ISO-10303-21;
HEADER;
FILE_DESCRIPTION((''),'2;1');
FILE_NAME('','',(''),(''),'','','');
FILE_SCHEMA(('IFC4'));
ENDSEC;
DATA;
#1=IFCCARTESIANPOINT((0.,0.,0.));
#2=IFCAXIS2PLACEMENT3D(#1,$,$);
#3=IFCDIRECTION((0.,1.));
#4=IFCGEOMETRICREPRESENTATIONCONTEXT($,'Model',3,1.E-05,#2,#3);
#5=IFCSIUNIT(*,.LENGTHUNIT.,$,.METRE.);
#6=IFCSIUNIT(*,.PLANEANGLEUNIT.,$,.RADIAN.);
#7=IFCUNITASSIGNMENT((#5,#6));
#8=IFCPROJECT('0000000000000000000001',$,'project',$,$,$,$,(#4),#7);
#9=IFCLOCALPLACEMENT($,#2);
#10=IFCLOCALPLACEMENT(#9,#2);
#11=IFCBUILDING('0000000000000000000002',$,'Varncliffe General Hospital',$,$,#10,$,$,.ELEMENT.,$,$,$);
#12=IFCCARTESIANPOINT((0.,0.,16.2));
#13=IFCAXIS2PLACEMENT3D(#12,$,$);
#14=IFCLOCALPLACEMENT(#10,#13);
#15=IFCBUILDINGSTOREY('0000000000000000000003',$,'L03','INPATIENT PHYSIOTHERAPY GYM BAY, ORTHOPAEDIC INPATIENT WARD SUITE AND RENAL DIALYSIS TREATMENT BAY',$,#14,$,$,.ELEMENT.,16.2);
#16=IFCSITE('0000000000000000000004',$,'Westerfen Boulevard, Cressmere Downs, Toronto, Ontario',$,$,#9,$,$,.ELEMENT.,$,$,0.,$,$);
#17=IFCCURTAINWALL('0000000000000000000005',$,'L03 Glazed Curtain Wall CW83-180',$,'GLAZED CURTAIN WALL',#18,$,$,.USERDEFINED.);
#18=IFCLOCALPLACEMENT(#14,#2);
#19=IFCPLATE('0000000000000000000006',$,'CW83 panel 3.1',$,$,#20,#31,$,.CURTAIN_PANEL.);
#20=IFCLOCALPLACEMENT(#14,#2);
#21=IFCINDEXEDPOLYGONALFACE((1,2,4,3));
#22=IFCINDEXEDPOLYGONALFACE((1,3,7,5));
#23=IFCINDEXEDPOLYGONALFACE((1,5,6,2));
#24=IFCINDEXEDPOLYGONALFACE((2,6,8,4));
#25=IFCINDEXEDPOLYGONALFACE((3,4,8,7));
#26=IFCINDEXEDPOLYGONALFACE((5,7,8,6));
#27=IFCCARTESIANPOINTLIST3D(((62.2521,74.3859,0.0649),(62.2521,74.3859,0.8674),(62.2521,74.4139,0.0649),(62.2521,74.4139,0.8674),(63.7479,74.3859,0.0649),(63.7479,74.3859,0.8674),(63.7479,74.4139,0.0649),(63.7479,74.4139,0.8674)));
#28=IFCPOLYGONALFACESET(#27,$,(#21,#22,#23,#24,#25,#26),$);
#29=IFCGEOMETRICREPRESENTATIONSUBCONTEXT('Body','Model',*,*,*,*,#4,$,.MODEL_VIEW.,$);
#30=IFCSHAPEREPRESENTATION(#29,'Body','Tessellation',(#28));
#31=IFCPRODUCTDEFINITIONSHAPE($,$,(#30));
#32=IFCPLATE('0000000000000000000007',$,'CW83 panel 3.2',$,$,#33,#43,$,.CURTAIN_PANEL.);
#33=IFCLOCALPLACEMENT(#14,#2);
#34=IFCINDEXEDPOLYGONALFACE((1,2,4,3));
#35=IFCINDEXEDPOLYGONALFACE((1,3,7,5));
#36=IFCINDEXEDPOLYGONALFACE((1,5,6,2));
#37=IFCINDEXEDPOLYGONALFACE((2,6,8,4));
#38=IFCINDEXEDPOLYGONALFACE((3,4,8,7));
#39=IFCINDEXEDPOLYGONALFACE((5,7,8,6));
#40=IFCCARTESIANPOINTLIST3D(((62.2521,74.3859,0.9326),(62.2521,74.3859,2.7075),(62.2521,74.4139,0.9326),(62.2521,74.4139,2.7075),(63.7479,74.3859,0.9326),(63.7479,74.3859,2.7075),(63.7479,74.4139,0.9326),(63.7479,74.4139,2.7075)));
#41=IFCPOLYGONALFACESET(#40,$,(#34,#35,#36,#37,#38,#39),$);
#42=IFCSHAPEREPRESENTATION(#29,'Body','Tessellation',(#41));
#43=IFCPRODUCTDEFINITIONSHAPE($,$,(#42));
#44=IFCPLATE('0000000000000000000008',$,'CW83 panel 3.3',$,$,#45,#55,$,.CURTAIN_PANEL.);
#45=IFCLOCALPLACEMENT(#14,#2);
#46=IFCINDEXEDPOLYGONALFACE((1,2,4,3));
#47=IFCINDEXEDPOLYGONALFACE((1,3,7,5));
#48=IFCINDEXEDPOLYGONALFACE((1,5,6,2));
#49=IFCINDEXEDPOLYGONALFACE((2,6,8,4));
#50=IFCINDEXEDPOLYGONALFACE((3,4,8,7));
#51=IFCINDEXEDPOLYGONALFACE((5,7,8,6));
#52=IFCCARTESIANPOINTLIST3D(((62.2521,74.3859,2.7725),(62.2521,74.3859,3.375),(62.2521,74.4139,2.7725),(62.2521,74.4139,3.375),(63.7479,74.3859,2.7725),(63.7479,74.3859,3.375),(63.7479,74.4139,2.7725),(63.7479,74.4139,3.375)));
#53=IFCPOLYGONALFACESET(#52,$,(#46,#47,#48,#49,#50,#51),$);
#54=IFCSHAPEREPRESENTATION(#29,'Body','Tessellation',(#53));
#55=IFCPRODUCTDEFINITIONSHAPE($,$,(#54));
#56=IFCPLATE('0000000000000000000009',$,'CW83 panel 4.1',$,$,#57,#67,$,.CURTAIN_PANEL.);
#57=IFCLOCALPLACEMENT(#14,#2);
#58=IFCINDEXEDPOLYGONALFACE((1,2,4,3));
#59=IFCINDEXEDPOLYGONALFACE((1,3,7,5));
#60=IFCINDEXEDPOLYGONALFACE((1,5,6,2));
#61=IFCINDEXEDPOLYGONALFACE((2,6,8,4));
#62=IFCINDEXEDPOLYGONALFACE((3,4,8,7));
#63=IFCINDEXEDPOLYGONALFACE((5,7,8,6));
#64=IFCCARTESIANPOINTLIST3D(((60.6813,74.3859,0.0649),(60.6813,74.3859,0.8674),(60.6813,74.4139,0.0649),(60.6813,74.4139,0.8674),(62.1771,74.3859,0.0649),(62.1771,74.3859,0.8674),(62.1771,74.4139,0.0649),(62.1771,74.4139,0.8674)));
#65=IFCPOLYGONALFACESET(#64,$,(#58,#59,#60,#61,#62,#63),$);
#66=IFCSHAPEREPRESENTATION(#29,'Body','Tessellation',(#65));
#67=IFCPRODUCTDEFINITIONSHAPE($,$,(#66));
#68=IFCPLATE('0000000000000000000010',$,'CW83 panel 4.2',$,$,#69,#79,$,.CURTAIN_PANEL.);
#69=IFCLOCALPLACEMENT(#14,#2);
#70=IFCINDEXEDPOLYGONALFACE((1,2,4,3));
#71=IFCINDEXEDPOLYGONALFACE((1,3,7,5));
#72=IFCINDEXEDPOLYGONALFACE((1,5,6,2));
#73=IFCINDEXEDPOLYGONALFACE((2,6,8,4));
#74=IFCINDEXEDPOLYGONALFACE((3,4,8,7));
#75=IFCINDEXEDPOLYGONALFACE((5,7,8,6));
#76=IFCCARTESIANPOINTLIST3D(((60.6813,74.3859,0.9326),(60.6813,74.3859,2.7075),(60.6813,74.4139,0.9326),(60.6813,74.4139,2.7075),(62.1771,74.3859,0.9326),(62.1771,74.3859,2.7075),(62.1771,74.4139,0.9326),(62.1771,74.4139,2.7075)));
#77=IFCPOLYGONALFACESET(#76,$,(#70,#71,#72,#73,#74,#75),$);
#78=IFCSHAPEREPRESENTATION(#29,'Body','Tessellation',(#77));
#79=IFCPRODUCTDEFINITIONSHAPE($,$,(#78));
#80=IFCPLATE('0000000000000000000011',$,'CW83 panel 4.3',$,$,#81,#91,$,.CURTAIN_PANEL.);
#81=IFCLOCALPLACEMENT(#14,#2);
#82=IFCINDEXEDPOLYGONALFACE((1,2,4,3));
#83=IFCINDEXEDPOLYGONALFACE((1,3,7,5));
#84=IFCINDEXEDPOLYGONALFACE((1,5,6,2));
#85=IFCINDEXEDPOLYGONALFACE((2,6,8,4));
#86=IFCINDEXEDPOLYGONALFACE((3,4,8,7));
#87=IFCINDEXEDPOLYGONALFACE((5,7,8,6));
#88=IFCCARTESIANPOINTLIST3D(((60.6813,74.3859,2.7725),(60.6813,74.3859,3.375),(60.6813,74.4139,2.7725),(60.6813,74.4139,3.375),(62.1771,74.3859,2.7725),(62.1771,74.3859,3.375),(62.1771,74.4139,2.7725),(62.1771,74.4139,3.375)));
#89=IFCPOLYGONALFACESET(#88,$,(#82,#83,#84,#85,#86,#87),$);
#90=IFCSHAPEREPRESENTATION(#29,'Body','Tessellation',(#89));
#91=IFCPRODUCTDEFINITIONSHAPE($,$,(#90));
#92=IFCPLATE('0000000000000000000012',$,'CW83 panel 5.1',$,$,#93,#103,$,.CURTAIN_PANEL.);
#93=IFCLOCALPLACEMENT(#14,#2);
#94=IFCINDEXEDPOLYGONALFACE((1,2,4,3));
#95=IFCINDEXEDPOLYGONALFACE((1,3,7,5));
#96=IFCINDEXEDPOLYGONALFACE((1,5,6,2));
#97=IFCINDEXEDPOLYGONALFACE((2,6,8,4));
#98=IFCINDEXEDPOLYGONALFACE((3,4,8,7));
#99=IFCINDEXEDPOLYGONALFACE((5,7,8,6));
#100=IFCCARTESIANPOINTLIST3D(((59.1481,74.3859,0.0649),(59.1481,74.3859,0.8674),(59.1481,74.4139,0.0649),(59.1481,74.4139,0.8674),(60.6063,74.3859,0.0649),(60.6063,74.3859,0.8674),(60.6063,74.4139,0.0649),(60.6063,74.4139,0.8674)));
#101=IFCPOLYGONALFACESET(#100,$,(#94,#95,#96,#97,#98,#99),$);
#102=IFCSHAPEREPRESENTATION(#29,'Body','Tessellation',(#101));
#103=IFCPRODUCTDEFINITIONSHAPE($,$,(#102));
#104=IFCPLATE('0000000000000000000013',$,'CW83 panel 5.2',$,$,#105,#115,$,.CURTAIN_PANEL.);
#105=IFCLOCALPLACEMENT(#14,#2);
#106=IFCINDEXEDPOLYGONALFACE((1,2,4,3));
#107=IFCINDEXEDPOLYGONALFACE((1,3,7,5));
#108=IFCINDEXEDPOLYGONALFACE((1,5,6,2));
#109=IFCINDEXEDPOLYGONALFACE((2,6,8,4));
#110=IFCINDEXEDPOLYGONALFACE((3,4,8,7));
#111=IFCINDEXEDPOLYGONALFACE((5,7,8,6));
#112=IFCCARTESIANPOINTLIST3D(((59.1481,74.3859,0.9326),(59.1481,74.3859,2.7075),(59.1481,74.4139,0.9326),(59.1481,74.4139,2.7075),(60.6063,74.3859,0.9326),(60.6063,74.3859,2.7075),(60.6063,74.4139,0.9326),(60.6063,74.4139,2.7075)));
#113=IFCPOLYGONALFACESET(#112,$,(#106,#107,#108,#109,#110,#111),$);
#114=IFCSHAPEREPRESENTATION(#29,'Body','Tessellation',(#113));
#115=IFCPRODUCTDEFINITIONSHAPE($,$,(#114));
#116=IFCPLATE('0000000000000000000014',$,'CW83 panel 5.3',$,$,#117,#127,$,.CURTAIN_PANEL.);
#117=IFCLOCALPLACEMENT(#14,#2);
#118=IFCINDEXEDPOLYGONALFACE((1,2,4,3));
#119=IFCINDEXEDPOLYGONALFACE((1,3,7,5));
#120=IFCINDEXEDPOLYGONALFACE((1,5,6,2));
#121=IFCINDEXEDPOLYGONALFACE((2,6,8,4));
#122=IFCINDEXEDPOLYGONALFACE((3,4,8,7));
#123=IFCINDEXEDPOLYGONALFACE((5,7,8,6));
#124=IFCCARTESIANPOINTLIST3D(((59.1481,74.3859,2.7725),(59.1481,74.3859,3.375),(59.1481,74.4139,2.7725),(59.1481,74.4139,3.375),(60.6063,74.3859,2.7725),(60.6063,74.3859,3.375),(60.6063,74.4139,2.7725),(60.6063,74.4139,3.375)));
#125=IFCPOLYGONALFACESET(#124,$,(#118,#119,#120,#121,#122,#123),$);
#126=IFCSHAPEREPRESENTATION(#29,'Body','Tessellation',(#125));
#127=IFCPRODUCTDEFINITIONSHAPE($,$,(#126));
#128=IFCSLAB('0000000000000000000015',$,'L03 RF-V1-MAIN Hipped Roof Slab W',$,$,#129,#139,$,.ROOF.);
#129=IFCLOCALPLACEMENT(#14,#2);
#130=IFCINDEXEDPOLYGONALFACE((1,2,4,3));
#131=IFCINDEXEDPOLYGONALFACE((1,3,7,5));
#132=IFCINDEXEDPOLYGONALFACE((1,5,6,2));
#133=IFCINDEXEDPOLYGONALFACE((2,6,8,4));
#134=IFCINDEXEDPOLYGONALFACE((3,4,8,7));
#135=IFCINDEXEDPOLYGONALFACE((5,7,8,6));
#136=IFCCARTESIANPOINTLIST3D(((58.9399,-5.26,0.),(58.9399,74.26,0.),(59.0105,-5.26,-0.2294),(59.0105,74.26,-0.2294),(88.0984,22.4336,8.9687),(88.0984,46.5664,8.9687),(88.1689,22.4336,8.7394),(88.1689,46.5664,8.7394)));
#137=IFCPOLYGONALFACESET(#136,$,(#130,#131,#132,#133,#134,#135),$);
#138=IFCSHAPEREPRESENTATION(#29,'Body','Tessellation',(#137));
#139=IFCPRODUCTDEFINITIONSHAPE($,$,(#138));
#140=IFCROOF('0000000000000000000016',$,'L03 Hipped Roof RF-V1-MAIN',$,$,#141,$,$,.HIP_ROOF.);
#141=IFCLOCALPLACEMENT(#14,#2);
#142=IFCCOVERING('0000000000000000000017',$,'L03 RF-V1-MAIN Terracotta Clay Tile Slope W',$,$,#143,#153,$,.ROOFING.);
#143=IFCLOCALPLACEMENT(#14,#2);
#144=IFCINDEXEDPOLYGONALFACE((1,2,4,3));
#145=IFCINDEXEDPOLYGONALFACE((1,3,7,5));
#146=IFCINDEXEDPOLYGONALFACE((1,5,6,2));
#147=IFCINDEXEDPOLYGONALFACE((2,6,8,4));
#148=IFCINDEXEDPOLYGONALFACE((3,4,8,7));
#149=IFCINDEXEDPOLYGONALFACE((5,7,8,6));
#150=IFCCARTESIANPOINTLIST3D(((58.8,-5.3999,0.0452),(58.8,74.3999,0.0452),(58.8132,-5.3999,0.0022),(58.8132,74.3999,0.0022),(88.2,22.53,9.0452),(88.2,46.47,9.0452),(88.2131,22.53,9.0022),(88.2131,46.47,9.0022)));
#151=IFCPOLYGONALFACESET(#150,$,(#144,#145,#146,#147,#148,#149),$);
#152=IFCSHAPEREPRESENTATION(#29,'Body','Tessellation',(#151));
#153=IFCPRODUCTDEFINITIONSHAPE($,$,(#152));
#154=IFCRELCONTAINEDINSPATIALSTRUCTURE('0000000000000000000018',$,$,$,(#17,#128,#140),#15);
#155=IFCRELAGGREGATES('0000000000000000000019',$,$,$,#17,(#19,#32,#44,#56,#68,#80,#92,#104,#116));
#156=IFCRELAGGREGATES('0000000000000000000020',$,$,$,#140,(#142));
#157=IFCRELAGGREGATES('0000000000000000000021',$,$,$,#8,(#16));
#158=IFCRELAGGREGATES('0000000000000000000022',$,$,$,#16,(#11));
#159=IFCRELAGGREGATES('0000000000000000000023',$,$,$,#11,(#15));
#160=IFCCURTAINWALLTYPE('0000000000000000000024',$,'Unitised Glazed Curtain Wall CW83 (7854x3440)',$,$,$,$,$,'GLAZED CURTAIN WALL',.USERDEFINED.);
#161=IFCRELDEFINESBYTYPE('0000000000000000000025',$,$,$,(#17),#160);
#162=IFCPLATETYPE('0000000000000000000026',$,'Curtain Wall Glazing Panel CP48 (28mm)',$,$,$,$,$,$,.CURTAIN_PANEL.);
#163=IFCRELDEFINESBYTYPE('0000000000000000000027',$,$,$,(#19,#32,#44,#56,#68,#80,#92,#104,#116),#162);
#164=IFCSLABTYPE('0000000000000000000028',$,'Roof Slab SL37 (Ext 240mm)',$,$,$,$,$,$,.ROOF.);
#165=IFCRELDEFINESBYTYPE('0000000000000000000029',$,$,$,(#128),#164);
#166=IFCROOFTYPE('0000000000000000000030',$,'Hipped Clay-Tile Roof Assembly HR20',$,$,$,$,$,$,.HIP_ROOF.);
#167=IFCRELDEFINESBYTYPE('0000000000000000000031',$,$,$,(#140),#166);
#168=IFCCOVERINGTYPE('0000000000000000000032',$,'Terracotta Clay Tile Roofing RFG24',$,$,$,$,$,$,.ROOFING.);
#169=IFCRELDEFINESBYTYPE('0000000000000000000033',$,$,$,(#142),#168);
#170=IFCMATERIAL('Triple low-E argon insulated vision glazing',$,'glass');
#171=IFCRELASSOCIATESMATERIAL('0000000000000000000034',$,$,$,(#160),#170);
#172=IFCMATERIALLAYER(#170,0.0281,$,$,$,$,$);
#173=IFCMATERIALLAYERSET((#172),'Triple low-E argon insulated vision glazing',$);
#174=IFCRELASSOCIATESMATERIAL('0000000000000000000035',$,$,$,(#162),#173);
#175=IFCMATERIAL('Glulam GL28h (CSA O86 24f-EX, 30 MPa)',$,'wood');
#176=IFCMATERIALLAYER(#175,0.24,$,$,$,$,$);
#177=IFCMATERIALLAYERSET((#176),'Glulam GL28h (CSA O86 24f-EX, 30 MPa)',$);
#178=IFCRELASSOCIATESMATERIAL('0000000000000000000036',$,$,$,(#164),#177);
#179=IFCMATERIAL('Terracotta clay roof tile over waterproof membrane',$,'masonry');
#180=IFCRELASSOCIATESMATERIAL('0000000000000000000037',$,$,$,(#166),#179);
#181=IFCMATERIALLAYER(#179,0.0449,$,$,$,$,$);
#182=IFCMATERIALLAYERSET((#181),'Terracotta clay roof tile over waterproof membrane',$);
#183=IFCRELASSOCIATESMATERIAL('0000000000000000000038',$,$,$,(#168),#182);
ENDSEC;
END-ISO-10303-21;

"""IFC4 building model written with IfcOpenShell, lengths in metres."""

from ifc_helpers import new_model, si_unit, direction, frame, origin, origin_2d, place, context, subcontext, project, spatial, polyline, rectangle, outline, extrude, material, layer, layer_set, type_object, element, aggregate, save


model = new_model("IFC4")

# Units and contexts
model_context = context("Model", 3, precision=1e-05, world=origin(), true_north=direction((0.0, 1.0)))
body_context = subcontext(model_context, "Body", "Model", "MODEL_VIEW")
ifc_project = project(units=[si_unit("LENGTHUNIT", "METRE"), si_unit("PLANEANGLEUNIT", "RADIAN")], contexts=[model_context])

# Site, building, storey
site_placement = place(None, origin())
site = spatial("IfcSite", under=ifc_project, at=site_placement, Name="Westerfen Boulevard, Cressmere Downs, Toronto, Ontario", CompositionType="ELEMENT", RefElevation=0.0)
building_placement = place(site_placement, origin())
building = spatial("IfcBuilding", under=site, at=building_placement, Name="Varncliffe General Hospital", CompositionType="ELEMENT")
storey_placement = place(building_placement, frame((0.0, 0.0, 16.2)))
storey = spatial("IfcBuildingStorey", under=building, at=storey_placement, Name="L03", Description="INPATIENT PHYSIOTHERAPY GYM BAY, ORTHOPAEDIC INPATIENT WARD SUITE AND RENAL DIALYSIS TREATMENT BAY", CompositionType="ELEMENT", Elevation=16.2)

# Curtain wall
ifc_material_1 = material(Name="Triple low-E argon insulated vision glazing", Category="glass")
curtain_wall_type = type_object("IfcCurtainWallType", Name="Unitised Glazed Curtain Wall CW83 (7854x3440)", ElementType="GLAZED CURTAIN WALL", PredefinedType="USERDEFINED", material=ifc_material_1)
curtain_wall_placement = place(storey_placement, origin())
curtain_wall = element("IfcCurtainWall", 1, at=curtain_wall_placement, inside=storey, type_object=curtain_wall_type, Name="L03 Glazed Curtain Wall CW83-180", ObjectType="GLAZED CURTAIN WALL", PredefinedType="USERDEFINED")

# Shared definitions
ifc_material_2 = material(Name="Glulam GL28h (CSA O86 24f-EX, 30 MPa)", Category="wood")

# Plates
ifc_layer_1 = layer(ifc_material_1, 0.0281)
ifc_layer_set_1 = layer_set([ifc_layer_1], Name="Triple low-E argon insulated vision glazing")
plate_type = type_object("IfcPlateType", Name="Curtain Wall Glazing Panel CP48 (28mm)", PredefinedType="CURTAIN_PANEL", material=ifc_layer_set_1)
plate_1_placement = place(storey_placement, frame((63.0, 74.3999, 0.0649), z_axis=(0.0, 0.0, 1.0), x_axis=(-1.0, 0.0, 0.0)))
plate_1 = element("IfcPlate", 2, at=plate_1_placement, type_object=plate_type, Name="CW83 panel 3.1", PredefinedType="CURTAIN_PANEL", context=body_context, shape_type="SweptSolid", body=[
    extrude(rectangle(XDim=1.4958, YDim=0.0281, at=origin_2d()), origin(), (0.0, 0.0, 1.0), 0.8025),
])
plate_2_placement = place(storey_placement, frame((63.0, 74.3999, 0.9326), z_axis=(0.0, 0.0, 1.0), x_axis=(-1.0, 0.0, 0.0)))
plate_2 = element("IfcPlate", 3, at=plate_2_placement, type_object=plate_type, Name="CW83 panel 3.2", PredefinedType="CURTAIN_PANEL", context=body_context, shape_type="SweptSolid", body=[
    extrude(rectangle(XDim=1.4958, YDim=0.0281, at=origin_2d()), origin(), (0.0, 0.0, 1.0), 1.7749),
])
plate_3_placement = place(storey_placement, frame((63.0, 74.3999, 2.7725), z_axis=(0.0, 0.0, 1.0), x_axis=(-1.0, 0.0, 0.0)))
plate_3 = element("IfcPlate", 4, at=plate_3_placement, type_object=plate_type, Name="CW83 panel 3.3", PredefinedType="CURTAIN_PANEL", context=body_context, shape_type="SweptSolid", body=[
    extrude(rectangle(XDim=1.4958, YDim=0.0281, at=origin_2d()), origin(), (0.0, 0.0, 1.0), 0.6025),
])
plate_4_placement = place(storey_placement, frame((61.4292, 74.3999, 0.0649), z_axis=(0.0, 0.0, 1.0), x_axis=(-1.0, 0.0, 0.0)))
plate_4 = element("IfcPlate", 5, at=plate_4_placement, type_object=plate_type, Name="CW83 panel 4.1", PredefinedType="CURTAIN_PANEL", context=body_context, shape_type="SweptSolid", body=[
    extrude(rectangle(XDim=1.4958, YDim=0.0281, at=origin_2d()), origin(), (0.0, 0.0, 1.0), 0.8025),
])
plate_5_placement = place(storey_placement, frame((61.4292, 74.3999, 0.9326), z_axis=(0.0, 0.0, 1.0), x_axis=(-1.0, 0.0, 0.0)))
plate_5 = element("IfcPlate", 6, at=plate_5_placement, type_object=plate_type, Name="CW83 panel 4.2", PredefinedType="CURTAIN_PANEL", context=body_context, shape_type="SweptSolid", body=[
    extrude(rectangle(XDim=1.4958, YDim=0.0281, at=origin_2d()), origin(), (0.0, 0.0, 1.0), 1.7749),
])
plate_6_placement = place(storey_placement, frame((61.4292, 74.3999, 2.7725), z_axis=(0.0, 0.0, 1.0), x_axis=(-1.0, 0.0, 0.0)))
plate_6 = element("IfcPlate", 7, at=plate_6_placement, type_object=plate_type, Name="CW83 panel 4.3", PredefinedType="CURTAIN_PANEL", context=body_context, shape_type="SweptSolid", body=[
    extrude(rectangle(XDim=1.4958, YDim=0.0281, at=origin_2d()), origin(), (0.0, 0.0, 1.0), 0.6025),
])
plate_7_placement = place(storey_placement, frame((59.8772, 74.3999, 0.0649), z_axis=(0.0, 0.0, 1.0), x_axis=(-1.0, 0.0, 0.0)))
plate_7 = element("IfcPlate", 8, at=plate_7_placement, type_object=plate_type, Name="CW83 panel 5.1", PredefinedType="CURTAIN_PANEL", context=body_context, shape_type="SweptSolid", body=[
    extrude(rectangle(XDim=1.4583, YDim=0.0281, at=origin_2d()), origin(), (0.0, 0.0, 1.0), 0.8025),
])
plate_8_placement = place(storey_placement, frame((59.8772, 74.3999, 0.9326), z_axis=(0.0, 0.0, 1.0), x_axis=(-1.0, 0.0, 0.0)))
plate_8 = element("IfcPlate", 9, at=plate_8_placement, type_object=plate_type, Name="CW83 panel 5.2", PredefinedType="CURTAIN_PANEL", context=body_context, shape_type="SweptSolid", body=[
    extrude(rectangle(XDim=1.4583, YDim=0.0281, at=origin_2d()), origin(), (0.0, 0.0, 1.0), 1.7749),
])
plate_9_placement = place(storey_placement, frame((59.8772, 74.3999, 2.7725), z_axis=(0.0, 0.0, 1.0), x_axis=(-1.0, 0.0, 0.0)))
plate_9 = element("IfcPlate", 10, at=plate_9_placement, type_object=plate_type, Name="CW83 panel 5.3", PredefinedType="CURTAIN_PANEL", context=body_context, shape_type="SweptSolid", body=[
    extrude(rectangle(XDim=1.4583, YDim=0.0281, at=origin_2d()), origin(), (0.0, 0.0, 1.0), 0.6025),
])
aggregate(curtain_wall, [plate_1, plate_2, plate_3, plate_4, plate_5, plate_6, plate_7, plate_8, plate_9])

# Slab
ifc_layer_2 = layer(ifc_material_2, 0.24)
ifc_layer_set_2 = layer_set([ifc_layer_2], Name="Glulam GL28h (CSA O86 24f-EX, 30 MPa)")
slab_type = type_object("IfcSlabType", Name="Roof Slab SL37 (Ext 240mm)", PredefinedType="ROOF", material=ifc_layer_set_2)
slab_placement = place(storey_placement, frame((58.9399, 74.26, 0.0), z_axis=(-0.293994, 0.0, 0.955807), x_axis=(0.0, -1.0, 0.0)))
element("IfcSlab", 11, at=slab_placement, inside=storey, type_object=slab_type, Name="L03 RF-V1-MAIN Hipped Roof Slab W", PredefinedType="ROOF", context=body_context, shape_type="SweptSolid", body=[
    extrude(outline(polyline([(0.0, 0.0), (79.52, 0.0), (51.8264, 30.5066), (27.6936, 30.5066), (0.0, 0.0)])), origin(), (0.0, 0.0, -1.0), 0.24),
])

# Roof, covering
ifc_material_3 = material(Name="Terracotta clay roof tile over waterproof membrane", Category="masonry")
roof_type = type_object("IfcRoofType", Name="Hipped Clay-Tile Roof Assembly HR20", PredefinedType="HIP_ROOF", material=ifc_material_3)
roof_placement = place(storey_placement, origin())
roof = element("IfcRoof", 12, at=roof_placement, inside=storey, type_object=roof_type, Name="L03 Hipped Roof RF-V1-MAIN", PredefinedType="HIP_ROOF")
ifc_layer_3 = layer(ifc_material_3, 0.0449)
ifc_layer_set_3 = layer_set([ifc_layer_3], Name="Terracotta clay roof tile over waterproof membrane")
covering_type = type_object("IfcCoveringType", Name="Terracotta Clay Tile Roofing RFG24", PredefinedType="ROOFING", material=ifc_layer_set_3)
covering_placement = place(storey_placement, frame((58.8, 74.3999, 0.0452), z_axis=(-0.292715, 0.0, 0.9562), x_axis=(0.0, -1.0, 0.0)))
covering = element("IfcCovering", 13, at=covering_placement, type_object=covering_type, Name="L03 RF-V1-MAIN Terracotta Clay Tile Slope W", PredefinedType="ROOFING", context=body_context, shape_type="SweptSolid", body=[
    extrude(outline(polyline([(0.0, 0.0), (79.7998, 0.0), (51.8699, 30.7466), (27.9299, 30.7466), (0.0, 0.0)])), origin(), (0.0, 0.0, -1.0), 0.0449),
])
aggregate(roof, [covering])

save(model, "model.ifc")
